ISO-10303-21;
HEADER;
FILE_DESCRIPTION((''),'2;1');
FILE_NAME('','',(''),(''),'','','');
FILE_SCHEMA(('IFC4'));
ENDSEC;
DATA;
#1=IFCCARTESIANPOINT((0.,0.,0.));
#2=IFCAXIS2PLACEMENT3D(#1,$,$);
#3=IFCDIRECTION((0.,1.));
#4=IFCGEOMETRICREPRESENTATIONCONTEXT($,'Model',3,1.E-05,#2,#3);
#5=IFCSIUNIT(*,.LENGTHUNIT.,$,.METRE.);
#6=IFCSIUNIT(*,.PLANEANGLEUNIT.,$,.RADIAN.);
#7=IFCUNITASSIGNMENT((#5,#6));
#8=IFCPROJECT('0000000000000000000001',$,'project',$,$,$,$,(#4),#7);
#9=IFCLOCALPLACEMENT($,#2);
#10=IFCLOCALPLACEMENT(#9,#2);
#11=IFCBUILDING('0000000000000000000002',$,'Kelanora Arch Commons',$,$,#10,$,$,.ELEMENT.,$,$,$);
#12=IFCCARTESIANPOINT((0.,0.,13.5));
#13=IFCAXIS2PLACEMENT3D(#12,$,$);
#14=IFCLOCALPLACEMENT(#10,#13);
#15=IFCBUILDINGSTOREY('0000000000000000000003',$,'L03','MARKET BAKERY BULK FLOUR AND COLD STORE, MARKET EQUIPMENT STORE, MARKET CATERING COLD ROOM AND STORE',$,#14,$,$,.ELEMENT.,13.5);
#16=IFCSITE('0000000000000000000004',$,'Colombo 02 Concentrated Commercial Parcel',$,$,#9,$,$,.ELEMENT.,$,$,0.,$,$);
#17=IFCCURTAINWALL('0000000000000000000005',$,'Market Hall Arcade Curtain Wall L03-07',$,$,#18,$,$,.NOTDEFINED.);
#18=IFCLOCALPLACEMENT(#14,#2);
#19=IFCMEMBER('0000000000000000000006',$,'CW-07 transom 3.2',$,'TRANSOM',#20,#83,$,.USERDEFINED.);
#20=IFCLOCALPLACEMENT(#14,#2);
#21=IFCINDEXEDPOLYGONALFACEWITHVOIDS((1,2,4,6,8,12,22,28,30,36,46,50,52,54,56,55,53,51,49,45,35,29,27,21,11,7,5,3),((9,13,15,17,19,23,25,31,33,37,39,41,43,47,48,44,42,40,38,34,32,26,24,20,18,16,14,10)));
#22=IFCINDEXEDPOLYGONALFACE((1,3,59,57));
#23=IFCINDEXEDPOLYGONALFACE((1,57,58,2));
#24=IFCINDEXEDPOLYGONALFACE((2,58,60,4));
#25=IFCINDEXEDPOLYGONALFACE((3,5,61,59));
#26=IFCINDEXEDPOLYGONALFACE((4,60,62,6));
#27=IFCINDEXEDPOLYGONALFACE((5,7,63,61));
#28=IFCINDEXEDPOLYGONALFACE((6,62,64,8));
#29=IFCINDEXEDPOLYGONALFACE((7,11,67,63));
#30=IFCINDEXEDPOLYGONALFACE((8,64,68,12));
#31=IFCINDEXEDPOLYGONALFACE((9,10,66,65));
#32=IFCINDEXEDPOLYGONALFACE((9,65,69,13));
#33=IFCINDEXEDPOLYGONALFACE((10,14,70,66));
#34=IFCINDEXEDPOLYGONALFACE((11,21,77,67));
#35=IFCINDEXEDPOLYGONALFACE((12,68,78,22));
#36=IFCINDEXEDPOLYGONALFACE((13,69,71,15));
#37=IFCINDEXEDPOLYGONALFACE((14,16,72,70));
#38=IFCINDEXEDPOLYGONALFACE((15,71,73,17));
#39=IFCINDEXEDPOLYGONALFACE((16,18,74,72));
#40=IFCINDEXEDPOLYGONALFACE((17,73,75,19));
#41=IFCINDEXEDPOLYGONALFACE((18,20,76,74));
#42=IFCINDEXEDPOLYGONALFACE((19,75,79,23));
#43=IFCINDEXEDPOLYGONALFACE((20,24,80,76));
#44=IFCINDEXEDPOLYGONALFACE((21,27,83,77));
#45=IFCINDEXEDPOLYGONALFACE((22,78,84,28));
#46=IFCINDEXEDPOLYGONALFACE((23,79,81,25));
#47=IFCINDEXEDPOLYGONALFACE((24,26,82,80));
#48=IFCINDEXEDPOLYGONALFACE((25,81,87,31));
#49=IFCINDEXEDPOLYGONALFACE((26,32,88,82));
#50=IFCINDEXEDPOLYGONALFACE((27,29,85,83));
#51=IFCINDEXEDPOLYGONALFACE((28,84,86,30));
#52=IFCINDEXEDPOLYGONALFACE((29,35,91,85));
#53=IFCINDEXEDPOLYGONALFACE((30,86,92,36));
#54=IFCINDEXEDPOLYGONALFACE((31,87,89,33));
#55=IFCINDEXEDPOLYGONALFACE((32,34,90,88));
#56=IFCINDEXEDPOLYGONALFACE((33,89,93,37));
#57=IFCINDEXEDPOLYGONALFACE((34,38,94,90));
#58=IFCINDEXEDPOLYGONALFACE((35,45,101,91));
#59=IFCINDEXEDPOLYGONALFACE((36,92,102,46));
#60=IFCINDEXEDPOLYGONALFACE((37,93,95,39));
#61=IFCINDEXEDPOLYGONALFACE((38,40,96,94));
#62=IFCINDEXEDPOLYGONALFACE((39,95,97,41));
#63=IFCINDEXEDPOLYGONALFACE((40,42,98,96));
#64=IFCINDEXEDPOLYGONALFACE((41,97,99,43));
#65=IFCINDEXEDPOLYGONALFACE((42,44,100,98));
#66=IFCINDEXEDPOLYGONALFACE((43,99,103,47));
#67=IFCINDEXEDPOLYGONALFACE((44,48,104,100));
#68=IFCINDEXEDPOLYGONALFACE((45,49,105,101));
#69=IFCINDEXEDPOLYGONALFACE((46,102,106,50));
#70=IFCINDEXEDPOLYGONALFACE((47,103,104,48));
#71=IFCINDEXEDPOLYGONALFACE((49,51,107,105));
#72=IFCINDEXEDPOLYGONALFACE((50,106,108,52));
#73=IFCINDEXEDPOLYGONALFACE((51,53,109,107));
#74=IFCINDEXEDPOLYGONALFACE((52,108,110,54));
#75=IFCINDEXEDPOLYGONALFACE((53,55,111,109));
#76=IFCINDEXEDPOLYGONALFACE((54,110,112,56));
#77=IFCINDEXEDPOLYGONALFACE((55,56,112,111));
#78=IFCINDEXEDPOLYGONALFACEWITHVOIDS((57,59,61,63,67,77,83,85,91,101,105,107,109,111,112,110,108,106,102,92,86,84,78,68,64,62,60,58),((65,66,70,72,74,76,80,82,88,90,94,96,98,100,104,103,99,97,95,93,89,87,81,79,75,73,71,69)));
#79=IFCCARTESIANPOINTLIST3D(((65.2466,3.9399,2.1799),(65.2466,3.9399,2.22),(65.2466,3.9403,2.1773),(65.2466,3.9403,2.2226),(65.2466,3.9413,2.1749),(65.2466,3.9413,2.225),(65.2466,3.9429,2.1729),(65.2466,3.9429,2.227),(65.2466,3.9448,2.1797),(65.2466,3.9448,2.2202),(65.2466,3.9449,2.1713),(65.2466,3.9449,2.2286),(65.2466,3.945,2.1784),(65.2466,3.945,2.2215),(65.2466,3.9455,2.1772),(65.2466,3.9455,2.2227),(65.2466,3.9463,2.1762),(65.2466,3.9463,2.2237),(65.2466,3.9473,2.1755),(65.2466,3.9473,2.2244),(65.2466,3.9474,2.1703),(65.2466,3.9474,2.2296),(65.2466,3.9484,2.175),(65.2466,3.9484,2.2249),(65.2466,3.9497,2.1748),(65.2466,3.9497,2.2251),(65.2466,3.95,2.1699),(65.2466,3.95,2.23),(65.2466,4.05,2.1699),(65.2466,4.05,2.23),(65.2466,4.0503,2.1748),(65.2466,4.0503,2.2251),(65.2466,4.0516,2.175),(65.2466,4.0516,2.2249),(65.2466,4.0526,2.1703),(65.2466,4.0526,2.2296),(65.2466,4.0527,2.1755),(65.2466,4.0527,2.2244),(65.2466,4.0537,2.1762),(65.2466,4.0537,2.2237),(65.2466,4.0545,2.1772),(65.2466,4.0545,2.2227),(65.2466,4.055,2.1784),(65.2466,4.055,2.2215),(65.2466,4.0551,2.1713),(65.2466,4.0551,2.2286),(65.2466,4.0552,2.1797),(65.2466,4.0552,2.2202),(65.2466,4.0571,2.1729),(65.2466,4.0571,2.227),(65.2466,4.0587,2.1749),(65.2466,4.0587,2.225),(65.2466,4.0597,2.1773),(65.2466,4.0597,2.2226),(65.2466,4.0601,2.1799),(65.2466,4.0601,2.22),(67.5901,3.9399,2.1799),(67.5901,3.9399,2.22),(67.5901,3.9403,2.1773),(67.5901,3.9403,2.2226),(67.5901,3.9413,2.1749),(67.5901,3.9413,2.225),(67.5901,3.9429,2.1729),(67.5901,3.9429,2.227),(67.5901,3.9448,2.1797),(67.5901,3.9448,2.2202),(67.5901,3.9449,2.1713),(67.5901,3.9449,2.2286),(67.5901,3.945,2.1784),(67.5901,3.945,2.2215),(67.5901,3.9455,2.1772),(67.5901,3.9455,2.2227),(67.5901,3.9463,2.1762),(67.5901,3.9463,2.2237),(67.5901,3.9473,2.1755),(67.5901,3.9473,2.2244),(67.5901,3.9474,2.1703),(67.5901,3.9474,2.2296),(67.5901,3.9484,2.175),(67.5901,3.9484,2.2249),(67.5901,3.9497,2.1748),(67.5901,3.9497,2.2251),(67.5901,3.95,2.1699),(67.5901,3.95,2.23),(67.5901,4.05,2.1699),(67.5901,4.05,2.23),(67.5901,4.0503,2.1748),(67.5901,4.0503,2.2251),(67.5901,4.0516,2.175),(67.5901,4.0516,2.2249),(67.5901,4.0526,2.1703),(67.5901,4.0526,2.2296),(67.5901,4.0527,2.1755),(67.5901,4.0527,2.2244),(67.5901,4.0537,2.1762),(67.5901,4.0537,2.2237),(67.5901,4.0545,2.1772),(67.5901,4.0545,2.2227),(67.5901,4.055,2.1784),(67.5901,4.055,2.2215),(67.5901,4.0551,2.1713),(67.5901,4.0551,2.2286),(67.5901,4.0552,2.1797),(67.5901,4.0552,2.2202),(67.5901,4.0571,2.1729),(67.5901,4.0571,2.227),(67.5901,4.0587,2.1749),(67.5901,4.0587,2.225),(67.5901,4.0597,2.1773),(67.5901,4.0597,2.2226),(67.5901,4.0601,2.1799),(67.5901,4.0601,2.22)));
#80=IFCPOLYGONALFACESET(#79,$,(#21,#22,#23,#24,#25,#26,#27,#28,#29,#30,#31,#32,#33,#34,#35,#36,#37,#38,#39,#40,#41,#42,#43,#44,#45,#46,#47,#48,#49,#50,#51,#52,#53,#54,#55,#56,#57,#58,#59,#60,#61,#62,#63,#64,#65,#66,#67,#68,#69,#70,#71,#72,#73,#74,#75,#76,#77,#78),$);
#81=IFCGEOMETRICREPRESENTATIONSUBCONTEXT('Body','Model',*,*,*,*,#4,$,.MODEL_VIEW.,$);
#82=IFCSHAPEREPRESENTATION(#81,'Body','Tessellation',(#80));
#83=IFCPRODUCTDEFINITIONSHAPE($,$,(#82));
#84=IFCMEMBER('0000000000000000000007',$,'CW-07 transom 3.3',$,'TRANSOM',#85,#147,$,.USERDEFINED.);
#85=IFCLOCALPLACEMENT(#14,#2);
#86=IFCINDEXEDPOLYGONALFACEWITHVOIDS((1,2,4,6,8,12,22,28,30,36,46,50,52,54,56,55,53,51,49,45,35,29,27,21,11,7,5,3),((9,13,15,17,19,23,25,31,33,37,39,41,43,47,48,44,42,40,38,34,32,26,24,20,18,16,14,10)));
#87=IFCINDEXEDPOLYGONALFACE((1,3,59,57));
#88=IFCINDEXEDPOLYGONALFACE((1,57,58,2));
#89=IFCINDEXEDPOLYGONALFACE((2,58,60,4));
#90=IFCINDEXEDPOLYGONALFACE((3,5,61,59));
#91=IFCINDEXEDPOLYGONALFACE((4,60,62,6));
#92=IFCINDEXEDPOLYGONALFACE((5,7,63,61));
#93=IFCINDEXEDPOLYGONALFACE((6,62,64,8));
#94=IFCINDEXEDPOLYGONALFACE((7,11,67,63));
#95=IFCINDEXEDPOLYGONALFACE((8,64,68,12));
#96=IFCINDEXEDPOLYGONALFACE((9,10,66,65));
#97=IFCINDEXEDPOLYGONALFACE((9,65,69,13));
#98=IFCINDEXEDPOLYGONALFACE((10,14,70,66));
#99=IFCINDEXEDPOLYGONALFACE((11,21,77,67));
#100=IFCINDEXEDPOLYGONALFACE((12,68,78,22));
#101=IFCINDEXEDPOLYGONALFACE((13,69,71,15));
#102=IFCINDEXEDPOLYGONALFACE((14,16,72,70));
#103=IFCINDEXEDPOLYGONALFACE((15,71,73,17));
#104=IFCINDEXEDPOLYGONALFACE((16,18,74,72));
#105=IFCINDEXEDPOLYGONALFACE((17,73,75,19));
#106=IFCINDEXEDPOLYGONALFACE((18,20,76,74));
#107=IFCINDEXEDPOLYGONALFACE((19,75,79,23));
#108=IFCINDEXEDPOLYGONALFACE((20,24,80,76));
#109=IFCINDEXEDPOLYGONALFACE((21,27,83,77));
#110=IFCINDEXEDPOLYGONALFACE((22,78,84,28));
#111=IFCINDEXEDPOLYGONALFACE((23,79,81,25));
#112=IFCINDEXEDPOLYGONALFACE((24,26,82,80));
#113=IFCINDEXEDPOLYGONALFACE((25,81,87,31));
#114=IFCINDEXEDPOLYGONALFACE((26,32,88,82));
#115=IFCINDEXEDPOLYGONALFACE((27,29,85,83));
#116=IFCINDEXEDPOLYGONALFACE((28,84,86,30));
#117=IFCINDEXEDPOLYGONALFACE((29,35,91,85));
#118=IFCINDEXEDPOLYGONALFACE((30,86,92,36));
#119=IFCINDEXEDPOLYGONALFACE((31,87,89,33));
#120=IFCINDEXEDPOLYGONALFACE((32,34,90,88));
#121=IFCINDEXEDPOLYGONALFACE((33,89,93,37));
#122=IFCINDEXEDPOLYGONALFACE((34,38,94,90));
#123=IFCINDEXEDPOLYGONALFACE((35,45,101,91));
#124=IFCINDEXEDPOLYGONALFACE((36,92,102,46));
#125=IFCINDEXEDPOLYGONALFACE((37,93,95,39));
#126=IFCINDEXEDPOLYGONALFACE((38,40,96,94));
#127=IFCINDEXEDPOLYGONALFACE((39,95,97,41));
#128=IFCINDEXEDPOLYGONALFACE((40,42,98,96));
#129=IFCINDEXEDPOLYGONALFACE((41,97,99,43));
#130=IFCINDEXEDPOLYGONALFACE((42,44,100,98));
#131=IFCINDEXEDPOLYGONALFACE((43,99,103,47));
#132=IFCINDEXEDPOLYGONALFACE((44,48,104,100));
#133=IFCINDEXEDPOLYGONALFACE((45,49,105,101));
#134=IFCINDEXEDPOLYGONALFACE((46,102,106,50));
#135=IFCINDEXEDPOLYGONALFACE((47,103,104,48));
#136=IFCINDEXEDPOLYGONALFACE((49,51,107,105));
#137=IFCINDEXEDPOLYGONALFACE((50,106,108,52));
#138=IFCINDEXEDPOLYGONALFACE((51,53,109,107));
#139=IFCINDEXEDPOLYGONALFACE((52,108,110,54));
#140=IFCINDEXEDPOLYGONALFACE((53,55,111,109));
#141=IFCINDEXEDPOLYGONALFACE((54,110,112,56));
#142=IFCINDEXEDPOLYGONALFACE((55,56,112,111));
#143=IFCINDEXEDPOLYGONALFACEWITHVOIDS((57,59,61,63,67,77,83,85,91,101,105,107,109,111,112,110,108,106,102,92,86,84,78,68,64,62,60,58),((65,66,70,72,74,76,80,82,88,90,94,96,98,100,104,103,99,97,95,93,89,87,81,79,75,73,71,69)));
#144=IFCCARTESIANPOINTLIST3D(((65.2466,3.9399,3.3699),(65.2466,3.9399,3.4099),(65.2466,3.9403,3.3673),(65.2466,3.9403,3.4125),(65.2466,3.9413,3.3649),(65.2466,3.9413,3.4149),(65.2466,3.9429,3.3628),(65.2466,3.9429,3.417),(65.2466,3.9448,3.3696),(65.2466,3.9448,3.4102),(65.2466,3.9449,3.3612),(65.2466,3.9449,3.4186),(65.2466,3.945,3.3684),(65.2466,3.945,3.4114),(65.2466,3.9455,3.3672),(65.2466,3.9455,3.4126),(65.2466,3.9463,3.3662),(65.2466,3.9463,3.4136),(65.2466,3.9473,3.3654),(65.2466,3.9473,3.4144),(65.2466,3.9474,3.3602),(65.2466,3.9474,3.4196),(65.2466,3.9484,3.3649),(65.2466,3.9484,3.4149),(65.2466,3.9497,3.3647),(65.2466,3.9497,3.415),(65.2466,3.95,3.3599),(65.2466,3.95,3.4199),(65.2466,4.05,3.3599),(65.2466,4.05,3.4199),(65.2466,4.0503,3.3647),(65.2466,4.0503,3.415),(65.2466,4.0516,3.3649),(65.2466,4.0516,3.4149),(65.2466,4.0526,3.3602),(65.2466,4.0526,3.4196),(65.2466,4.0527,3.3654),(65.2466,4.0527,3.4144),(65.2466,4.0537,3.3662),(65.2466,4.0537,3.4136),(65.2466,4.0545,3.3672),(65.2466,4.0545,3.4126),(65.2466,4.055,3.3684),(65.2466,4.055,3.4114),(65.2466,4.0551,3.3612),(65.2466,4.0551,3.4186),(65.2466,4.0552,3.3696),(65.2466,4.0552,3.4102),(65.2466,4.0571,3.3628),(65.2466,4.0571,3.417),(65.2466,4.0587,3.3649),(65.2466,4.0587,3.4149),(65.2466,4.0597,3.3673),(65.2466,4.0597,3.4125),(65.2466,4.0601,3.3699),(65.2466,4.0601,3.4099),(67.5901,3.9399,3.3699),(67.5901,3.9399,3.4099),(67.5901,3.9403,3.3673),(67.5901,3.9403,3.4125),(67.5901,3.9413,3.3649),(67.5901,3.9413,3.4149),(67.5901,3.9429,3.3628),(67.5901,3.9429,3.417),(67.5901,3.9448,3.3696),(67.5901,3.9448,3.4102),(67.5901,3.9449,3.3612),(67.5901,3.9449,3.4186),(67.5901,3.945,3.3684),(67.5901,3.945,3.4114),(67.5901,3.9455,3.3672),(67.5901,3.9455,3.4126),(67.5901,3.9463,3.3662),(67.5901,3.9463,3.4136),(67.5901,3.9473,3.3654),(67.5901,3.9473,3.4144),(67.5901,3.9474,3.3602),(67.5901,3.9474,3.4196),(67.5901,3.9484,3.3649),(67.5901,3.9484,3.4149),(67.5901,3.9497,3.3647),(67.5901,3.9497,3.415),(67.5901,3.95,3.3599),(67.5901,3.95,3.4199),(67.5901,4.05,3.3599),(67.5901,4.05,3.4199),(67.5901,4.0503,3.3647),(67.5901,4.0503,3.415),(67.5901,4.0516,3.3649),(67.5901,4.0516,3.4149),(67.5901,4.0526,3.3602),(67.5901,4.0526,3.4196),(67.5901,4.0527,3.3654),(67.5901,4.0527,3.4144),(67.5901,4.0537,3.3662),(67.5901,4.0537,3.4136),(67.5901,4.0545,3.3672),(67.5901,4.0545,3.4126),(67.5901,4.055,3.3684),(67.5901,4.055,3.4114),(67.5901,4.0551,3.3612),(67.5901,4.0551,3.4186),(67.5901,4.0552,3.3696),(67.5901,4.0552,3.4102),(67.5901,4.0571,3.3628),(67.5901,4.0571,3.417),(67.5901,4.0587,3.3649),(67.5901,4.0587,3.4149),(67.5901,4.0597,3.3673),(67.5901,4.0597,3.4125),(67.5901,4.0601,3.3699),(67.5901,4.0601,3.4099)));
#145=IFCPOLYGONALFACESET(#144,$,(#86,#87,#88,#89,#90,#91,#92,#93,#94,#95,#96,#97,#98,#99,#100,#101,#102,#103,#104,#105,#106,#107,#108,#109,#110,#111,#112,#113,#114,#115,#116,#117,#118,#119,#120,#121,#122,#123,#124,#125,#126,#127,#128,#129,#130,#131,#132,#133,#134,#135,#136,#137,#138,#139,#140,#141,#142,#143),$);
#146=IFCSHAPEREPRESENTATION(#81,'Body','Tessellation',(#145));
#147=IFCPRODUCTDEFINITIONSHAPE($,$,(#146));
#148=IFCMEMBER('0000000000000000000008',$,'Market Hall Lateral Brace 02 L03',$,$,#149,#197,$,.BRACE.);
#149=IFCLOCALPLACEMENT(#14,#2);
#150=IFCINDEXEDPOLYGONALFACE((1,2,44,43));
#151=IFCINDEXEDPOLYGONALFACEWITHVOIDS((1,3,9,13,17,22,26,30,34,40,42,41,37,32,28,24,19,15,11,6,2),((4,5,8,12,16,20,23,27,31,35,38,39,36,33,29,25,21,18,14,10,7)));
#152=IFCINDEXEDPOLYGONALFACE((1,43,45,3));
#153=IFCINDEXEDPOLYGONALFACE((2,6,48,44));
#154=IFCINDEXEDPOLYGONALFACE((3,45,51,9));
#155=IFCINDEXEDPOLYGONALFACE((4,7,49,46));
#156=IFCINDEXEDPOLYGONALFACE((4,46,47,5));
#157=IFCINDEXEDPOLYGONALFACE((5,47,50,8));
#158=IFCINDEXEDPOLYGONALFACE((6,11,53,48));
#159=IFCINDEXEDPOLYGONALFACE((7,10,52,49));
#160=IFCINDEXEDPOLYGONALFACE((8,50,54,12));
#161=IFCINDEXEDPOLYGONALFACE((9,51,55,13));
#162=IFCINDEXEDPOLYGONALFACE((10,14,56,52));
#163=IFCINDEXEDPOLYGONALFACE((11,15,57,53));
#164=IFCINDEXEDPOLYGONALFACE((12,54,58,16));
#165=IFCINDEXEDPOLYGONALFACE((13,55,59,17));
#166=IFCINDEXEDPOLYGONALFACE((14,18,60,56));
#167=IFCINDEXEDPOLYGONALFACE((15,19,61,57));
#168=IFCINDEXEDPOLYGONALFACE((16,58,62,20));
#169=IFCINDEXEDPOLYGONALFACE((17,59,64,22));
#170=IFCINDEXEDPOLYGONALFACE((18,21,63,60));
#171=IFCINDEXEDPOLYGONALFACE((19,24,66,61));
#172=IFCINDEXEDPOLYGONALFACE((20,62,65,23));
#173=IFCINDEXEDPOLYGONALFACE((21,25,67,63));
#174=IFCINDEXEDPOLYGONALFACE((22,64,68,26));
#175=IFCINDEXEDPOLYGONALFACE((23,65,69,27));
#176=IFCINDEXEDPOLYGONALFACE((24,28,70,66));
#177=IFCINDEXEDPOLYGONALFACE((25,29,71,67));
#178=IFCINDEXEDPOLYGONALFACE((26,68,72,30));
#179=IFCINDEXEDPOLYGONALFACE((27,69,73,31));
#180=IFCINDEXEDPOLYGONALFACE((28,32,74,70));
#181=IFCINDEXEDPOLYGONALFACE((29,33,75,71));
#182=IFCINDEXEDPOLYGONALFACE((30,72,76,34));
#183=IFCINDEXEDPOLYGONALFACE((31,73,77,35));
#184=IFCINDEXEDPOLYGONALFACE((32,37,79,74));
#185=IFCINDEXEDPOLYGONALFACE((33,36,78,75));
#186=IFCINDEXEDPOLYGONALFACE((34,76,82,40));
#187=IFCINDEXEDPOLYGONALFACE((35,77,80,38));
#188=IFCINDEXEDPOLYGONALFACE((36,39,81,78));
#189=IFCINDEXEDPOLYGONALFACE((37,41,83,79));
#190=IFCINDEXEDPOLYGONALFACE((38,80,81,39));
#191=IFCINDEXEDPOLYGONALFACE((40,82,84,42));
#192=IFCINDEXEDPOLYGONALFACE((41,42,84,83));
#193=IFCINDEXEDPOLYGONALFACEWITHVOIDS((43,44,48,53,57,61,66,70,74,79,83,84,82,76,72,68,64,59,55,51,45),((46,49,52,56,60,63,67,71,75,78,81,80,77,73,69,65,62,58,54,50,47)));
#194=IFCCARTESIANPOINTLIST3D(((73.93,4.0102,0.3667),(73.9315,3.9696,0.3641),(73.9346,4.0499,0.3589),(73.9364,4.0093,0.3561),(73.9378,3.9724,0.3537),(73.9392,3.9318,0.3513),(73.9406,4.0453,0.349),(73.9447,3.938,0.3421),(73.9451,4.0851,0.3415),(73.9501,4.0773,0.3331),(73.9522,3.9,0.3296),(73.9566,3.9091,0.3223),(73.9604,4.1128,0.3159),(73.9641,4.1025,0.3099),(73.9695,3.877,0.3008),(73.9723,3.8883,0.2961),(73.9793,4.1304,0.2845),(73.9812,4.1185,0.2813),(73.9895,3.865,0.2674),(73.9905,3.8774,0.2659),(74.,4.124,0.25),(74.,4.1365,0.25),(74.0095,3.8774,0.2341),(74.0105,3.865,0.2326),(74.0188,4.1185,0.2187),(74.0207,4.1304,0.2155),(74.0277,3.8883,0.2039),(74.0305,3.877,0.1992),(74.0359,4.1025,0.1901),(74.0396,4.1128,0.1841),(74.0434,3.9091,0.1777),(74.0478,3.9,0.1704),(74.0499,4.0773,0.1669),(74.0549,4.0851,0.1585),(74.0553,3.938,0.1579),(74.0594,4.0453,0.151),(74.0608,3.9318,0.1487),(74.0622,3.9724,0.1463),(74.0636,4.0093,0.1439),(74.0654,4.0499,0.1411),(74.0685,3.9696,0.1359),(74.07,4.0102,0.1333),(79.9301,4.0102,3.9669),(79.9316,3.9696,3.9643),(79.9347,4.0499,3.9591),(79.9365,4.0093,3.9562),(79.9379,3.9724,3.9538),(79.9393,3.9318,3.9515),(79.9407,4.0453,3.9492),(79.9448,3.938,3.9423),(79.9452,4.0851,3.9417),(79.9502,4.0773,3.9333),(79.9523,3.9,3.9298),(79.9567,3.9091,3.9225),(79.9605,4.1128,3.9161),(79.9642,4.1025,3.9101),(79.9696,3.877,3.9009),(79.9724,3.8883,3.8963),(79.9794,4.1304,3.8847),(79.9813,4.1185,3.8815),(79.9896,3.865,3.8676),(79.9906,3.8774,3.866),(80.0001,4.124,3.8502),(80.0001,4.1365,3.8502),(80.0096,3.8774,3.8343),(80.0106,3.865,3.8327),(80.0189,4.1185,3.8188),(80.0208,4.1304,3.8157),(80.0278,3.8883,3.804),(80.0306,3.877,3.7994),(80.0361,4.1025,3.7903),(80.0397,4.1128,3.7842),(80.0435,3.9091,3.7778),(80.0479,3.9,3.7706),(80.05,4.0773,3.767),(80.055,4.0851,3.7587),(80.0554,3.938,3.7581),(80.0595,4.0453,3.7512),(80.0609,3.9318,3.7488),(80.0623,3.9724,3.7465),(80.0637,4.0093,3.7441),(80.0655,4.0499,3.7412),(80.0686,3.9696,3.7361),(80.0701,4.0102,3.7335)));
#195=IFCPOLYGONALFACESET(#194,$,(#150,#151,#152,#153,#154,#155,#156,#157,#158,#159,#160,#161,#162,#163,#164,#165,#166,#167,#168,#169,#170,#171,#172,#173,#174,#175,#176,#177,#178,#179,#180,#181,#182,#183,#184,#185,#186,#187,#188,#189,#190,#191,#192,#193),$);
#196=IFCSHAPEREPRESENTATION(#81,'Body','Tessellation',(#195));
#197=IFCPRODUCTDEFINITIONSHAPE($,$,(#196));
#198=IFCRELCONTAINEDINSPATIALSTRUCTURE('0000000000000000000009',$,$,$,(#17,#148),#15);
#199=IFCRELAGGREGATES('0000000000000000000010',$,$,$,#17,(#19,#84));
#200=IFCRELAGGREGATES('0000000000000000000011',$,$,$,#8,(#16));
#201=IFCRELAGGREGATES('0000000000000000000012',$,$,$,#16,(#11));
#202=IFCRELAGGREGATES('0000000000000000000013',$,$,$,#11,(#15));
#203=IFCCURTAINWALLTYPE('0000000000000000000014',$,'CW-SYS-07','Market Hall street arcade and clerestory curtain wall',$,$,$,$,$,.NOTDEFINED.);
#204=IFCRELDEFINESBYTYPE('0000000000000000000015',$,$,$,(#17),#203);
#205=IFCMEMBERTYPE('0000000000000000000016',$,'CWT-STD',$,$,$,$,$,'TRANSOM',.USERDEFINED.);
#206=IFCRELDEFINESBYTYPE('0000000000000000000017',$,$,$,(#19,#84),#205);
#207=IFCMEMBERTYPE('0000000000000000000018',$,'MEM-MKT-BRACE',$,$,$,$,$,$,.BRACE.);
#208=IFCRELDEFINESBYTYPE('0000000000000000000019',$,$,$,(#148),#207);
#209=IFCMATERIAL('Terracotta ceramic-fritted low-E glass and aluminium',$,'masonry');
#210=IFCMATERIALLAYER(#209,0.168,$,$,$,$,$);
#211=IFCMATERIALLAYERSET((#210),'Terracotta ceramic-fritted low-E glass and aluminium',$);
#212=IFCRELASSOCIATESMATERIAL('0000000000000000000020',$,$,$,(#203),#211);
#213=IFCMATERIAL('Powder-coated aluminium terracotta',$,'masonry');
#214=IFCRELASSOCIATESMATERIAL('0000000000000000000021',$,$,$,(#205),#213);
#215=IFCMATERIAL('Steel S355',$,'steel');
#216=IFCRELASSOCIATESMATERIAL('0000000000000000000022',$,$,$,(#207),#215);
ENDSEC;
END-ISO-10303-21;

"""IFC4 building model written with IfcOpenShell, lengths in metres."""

from ifc_helpers import new_model, si_unit, direction, frame, origin, origin_2d, place, context, subcontext, project, spatial, hollow_rectangle, hollow_circle, extrude, material, layer, layer_set, material_profile, profile_set, type_object, element, aggregate, save


model = new_model("IFC4")

# Units and contexts
model_context = context("Model", 3, precision=1e-05, world=origin(), true_north=direction((0.0, 1.0)))
body_context = subcontext(model_context, "Body", "Model", "MODEL_VIEW")
ifc_project = project(units=[si_unit("LENGTHUNIT", "METRE"), si_unit("PLANEANGLEUNIT", "RADIAN")], contexts=[model_context])

# Site, building, storey
site_placement = place(None, origin())
site = spatial("IfcSite", under=ifc_project, at=site_placement, Name="Colombo 02 Concentrated Commercial Parcel", CompositionType="ELEMENT", RefElevation=0.0)
building_placement = place(site_placement, origin())
building = spatial("IfcBuilding", under=site, at=building_placement, Name="Kelanora Arch Commons", CompositionType="ELEMENT")
storey_placement = place(building_placement, frame((0.0, 0.0, 13.5)))
storey = spatial("IfcBuildingStorey", under=building, at=storey_placement, Name="L03", Description="MARKET BAKERY BULK FLOUR AND COLD STORE, MARKET EQUIPMENT STORE, MARKET CATERING COLD ROOM AND STORE", CompositionType="ELEMENT", Elevation=13.5)

# Curtain wall, members
ifc_material_1 = material(Name="Terracotta ceramic-fritted low-E glass and aluminium", Category="masonry")
ifc_layer_1 = layer(ifc_material_1, 0.168)
ifc_layer_set_1 = layer_set([ifc_layer_1], Name="Terracotta ceramic-fritted low-E glass and aluminium")
curtain_wall_type = type_object("IfcCurtainWallType", Name="CW-SYS-07", Description="Market Hall street arcade and clerestory curtain wall", PredefinedType="NOTDEFINED", material=ifc_layer_set_1)
curtain_wall_placement = place(storey_placement, origin())
curtain_wall = element("IfcCurtainWall", 1, at=curtain_wall_placement, inside=storey, type_object=curtain_wall_type, Name="Market Hall Arcade Curtain Wall L03-07", PredefinedType="NOTDEFINED")
ifc_material_2 = material(Name="Powder-coated aluminium terracotta", Category="masonry")
ifc_material_profile_1 = material_profile(ifc_material_2, hollow_rectangle(XDim=0.1201, YDim=0.0601, WallThickness=0.0049, InnerFilletRadius=0.0049, OuterFilletRadius=0.01, at=origin_2d()), Name="CWT120x60")
ifc_profile_set_1 = profile_set([ifc_material_profile_1], Name="Powder-coated aluminium terracotta")
member_type_1 = type_object("IfcMemberType", Name="CWT-STD", ElementType="TRANSOM", PredefinedType="USERDEFINED", material=ifc_profile_set_1)
member_1_placement = place(storey_placement, frame((65.2466, 4.0, 2.2), z_axis=(1.0, 0.0, 0.0), x_axis=(0.0, 1.0, 0.0)))
member_1 = element("IfcMember", 2, at=member_1_placement, type_object=member_type_1, Name="CW-07 transom 3.2", ObjectType="TRANSOM", PredefinedType="USERDEFINED", context=body_context, shape_type="SweptSolid", body=[
    extrude(hollow_rectangle(XDim=0.1201, YDim=0.0601, WallThickness=0.0049, InnerFilletRadius=0.0049, OuterFilletRadius=0.01, at=origin_2d()), origin(), (0.0, 0.0, 1.0), 2.3435),
])
member_2_placement = place(storey_placement, frame((65.2466, 4.0, 3.3899), z_axis=(1.0, 0.0, 0.0), x_axis=(0.0, 1.0, 0.0)))
member_2 = element("IfcMember", 3, at=member_2_placement, type_object=member_type_1, Name="CW-07 transom 3.3", ObjectType="TRANSOM", PredefinedType="USERDEFINED", context=body_context, shape_type="SweptSolid", body=[
    extrude(hollow_rectangle(XDim=0.1201, YDim=0.0601, WallThickness=0.0049, InnerFilletRadius=0.0049, OuterFilletRadius=0.01, at=origin_2d()), origin(), (0.0, 0.0, 1.0), 2.3435),
])

# Member
ifc_material_3 = material(Name="Steel S355", Category="steel")
ifc_material_profile_2 = material_profile(ifc_material_3, hollow_circle(Radius=0.1365, WallThickness=0.0125, at=origin_2d()), Name="CHS273x12.5")
ifc_profile_set_2 = profile_set([ifc_material_profile_2], Name="Steel S355")
member_type_2 = type_object("IfcMemberType", Name="MEM-MKT-BRACE", PredefinedType="BRACE", material=ifc_profile_set_2)
member_3_placement = place(storey_placement, frame((74.0, 4.0, 0.25), z_axis=(0.857487, 0.0, 0.514506), x_axis=(0.0, 1.0, 0.0)))
element("IfcMember", 4, at=member_3_placement, inside=storey, type_object=member_type_2, Name="Market Hall Lateral Brace 02 L03", PredefinedType="BRACE", context=body_context, shape_type="SweptSolid", body=[
    extrude(hollow_circle(Radius=0.1365, WallThickness=0.0125, at=origin_2d()), origin(), (0.0, 0.0, 1.0), 6.9973),
])

aggregate(curtain_wall, [member_1, member_2])

save(model, "model.ifc")
